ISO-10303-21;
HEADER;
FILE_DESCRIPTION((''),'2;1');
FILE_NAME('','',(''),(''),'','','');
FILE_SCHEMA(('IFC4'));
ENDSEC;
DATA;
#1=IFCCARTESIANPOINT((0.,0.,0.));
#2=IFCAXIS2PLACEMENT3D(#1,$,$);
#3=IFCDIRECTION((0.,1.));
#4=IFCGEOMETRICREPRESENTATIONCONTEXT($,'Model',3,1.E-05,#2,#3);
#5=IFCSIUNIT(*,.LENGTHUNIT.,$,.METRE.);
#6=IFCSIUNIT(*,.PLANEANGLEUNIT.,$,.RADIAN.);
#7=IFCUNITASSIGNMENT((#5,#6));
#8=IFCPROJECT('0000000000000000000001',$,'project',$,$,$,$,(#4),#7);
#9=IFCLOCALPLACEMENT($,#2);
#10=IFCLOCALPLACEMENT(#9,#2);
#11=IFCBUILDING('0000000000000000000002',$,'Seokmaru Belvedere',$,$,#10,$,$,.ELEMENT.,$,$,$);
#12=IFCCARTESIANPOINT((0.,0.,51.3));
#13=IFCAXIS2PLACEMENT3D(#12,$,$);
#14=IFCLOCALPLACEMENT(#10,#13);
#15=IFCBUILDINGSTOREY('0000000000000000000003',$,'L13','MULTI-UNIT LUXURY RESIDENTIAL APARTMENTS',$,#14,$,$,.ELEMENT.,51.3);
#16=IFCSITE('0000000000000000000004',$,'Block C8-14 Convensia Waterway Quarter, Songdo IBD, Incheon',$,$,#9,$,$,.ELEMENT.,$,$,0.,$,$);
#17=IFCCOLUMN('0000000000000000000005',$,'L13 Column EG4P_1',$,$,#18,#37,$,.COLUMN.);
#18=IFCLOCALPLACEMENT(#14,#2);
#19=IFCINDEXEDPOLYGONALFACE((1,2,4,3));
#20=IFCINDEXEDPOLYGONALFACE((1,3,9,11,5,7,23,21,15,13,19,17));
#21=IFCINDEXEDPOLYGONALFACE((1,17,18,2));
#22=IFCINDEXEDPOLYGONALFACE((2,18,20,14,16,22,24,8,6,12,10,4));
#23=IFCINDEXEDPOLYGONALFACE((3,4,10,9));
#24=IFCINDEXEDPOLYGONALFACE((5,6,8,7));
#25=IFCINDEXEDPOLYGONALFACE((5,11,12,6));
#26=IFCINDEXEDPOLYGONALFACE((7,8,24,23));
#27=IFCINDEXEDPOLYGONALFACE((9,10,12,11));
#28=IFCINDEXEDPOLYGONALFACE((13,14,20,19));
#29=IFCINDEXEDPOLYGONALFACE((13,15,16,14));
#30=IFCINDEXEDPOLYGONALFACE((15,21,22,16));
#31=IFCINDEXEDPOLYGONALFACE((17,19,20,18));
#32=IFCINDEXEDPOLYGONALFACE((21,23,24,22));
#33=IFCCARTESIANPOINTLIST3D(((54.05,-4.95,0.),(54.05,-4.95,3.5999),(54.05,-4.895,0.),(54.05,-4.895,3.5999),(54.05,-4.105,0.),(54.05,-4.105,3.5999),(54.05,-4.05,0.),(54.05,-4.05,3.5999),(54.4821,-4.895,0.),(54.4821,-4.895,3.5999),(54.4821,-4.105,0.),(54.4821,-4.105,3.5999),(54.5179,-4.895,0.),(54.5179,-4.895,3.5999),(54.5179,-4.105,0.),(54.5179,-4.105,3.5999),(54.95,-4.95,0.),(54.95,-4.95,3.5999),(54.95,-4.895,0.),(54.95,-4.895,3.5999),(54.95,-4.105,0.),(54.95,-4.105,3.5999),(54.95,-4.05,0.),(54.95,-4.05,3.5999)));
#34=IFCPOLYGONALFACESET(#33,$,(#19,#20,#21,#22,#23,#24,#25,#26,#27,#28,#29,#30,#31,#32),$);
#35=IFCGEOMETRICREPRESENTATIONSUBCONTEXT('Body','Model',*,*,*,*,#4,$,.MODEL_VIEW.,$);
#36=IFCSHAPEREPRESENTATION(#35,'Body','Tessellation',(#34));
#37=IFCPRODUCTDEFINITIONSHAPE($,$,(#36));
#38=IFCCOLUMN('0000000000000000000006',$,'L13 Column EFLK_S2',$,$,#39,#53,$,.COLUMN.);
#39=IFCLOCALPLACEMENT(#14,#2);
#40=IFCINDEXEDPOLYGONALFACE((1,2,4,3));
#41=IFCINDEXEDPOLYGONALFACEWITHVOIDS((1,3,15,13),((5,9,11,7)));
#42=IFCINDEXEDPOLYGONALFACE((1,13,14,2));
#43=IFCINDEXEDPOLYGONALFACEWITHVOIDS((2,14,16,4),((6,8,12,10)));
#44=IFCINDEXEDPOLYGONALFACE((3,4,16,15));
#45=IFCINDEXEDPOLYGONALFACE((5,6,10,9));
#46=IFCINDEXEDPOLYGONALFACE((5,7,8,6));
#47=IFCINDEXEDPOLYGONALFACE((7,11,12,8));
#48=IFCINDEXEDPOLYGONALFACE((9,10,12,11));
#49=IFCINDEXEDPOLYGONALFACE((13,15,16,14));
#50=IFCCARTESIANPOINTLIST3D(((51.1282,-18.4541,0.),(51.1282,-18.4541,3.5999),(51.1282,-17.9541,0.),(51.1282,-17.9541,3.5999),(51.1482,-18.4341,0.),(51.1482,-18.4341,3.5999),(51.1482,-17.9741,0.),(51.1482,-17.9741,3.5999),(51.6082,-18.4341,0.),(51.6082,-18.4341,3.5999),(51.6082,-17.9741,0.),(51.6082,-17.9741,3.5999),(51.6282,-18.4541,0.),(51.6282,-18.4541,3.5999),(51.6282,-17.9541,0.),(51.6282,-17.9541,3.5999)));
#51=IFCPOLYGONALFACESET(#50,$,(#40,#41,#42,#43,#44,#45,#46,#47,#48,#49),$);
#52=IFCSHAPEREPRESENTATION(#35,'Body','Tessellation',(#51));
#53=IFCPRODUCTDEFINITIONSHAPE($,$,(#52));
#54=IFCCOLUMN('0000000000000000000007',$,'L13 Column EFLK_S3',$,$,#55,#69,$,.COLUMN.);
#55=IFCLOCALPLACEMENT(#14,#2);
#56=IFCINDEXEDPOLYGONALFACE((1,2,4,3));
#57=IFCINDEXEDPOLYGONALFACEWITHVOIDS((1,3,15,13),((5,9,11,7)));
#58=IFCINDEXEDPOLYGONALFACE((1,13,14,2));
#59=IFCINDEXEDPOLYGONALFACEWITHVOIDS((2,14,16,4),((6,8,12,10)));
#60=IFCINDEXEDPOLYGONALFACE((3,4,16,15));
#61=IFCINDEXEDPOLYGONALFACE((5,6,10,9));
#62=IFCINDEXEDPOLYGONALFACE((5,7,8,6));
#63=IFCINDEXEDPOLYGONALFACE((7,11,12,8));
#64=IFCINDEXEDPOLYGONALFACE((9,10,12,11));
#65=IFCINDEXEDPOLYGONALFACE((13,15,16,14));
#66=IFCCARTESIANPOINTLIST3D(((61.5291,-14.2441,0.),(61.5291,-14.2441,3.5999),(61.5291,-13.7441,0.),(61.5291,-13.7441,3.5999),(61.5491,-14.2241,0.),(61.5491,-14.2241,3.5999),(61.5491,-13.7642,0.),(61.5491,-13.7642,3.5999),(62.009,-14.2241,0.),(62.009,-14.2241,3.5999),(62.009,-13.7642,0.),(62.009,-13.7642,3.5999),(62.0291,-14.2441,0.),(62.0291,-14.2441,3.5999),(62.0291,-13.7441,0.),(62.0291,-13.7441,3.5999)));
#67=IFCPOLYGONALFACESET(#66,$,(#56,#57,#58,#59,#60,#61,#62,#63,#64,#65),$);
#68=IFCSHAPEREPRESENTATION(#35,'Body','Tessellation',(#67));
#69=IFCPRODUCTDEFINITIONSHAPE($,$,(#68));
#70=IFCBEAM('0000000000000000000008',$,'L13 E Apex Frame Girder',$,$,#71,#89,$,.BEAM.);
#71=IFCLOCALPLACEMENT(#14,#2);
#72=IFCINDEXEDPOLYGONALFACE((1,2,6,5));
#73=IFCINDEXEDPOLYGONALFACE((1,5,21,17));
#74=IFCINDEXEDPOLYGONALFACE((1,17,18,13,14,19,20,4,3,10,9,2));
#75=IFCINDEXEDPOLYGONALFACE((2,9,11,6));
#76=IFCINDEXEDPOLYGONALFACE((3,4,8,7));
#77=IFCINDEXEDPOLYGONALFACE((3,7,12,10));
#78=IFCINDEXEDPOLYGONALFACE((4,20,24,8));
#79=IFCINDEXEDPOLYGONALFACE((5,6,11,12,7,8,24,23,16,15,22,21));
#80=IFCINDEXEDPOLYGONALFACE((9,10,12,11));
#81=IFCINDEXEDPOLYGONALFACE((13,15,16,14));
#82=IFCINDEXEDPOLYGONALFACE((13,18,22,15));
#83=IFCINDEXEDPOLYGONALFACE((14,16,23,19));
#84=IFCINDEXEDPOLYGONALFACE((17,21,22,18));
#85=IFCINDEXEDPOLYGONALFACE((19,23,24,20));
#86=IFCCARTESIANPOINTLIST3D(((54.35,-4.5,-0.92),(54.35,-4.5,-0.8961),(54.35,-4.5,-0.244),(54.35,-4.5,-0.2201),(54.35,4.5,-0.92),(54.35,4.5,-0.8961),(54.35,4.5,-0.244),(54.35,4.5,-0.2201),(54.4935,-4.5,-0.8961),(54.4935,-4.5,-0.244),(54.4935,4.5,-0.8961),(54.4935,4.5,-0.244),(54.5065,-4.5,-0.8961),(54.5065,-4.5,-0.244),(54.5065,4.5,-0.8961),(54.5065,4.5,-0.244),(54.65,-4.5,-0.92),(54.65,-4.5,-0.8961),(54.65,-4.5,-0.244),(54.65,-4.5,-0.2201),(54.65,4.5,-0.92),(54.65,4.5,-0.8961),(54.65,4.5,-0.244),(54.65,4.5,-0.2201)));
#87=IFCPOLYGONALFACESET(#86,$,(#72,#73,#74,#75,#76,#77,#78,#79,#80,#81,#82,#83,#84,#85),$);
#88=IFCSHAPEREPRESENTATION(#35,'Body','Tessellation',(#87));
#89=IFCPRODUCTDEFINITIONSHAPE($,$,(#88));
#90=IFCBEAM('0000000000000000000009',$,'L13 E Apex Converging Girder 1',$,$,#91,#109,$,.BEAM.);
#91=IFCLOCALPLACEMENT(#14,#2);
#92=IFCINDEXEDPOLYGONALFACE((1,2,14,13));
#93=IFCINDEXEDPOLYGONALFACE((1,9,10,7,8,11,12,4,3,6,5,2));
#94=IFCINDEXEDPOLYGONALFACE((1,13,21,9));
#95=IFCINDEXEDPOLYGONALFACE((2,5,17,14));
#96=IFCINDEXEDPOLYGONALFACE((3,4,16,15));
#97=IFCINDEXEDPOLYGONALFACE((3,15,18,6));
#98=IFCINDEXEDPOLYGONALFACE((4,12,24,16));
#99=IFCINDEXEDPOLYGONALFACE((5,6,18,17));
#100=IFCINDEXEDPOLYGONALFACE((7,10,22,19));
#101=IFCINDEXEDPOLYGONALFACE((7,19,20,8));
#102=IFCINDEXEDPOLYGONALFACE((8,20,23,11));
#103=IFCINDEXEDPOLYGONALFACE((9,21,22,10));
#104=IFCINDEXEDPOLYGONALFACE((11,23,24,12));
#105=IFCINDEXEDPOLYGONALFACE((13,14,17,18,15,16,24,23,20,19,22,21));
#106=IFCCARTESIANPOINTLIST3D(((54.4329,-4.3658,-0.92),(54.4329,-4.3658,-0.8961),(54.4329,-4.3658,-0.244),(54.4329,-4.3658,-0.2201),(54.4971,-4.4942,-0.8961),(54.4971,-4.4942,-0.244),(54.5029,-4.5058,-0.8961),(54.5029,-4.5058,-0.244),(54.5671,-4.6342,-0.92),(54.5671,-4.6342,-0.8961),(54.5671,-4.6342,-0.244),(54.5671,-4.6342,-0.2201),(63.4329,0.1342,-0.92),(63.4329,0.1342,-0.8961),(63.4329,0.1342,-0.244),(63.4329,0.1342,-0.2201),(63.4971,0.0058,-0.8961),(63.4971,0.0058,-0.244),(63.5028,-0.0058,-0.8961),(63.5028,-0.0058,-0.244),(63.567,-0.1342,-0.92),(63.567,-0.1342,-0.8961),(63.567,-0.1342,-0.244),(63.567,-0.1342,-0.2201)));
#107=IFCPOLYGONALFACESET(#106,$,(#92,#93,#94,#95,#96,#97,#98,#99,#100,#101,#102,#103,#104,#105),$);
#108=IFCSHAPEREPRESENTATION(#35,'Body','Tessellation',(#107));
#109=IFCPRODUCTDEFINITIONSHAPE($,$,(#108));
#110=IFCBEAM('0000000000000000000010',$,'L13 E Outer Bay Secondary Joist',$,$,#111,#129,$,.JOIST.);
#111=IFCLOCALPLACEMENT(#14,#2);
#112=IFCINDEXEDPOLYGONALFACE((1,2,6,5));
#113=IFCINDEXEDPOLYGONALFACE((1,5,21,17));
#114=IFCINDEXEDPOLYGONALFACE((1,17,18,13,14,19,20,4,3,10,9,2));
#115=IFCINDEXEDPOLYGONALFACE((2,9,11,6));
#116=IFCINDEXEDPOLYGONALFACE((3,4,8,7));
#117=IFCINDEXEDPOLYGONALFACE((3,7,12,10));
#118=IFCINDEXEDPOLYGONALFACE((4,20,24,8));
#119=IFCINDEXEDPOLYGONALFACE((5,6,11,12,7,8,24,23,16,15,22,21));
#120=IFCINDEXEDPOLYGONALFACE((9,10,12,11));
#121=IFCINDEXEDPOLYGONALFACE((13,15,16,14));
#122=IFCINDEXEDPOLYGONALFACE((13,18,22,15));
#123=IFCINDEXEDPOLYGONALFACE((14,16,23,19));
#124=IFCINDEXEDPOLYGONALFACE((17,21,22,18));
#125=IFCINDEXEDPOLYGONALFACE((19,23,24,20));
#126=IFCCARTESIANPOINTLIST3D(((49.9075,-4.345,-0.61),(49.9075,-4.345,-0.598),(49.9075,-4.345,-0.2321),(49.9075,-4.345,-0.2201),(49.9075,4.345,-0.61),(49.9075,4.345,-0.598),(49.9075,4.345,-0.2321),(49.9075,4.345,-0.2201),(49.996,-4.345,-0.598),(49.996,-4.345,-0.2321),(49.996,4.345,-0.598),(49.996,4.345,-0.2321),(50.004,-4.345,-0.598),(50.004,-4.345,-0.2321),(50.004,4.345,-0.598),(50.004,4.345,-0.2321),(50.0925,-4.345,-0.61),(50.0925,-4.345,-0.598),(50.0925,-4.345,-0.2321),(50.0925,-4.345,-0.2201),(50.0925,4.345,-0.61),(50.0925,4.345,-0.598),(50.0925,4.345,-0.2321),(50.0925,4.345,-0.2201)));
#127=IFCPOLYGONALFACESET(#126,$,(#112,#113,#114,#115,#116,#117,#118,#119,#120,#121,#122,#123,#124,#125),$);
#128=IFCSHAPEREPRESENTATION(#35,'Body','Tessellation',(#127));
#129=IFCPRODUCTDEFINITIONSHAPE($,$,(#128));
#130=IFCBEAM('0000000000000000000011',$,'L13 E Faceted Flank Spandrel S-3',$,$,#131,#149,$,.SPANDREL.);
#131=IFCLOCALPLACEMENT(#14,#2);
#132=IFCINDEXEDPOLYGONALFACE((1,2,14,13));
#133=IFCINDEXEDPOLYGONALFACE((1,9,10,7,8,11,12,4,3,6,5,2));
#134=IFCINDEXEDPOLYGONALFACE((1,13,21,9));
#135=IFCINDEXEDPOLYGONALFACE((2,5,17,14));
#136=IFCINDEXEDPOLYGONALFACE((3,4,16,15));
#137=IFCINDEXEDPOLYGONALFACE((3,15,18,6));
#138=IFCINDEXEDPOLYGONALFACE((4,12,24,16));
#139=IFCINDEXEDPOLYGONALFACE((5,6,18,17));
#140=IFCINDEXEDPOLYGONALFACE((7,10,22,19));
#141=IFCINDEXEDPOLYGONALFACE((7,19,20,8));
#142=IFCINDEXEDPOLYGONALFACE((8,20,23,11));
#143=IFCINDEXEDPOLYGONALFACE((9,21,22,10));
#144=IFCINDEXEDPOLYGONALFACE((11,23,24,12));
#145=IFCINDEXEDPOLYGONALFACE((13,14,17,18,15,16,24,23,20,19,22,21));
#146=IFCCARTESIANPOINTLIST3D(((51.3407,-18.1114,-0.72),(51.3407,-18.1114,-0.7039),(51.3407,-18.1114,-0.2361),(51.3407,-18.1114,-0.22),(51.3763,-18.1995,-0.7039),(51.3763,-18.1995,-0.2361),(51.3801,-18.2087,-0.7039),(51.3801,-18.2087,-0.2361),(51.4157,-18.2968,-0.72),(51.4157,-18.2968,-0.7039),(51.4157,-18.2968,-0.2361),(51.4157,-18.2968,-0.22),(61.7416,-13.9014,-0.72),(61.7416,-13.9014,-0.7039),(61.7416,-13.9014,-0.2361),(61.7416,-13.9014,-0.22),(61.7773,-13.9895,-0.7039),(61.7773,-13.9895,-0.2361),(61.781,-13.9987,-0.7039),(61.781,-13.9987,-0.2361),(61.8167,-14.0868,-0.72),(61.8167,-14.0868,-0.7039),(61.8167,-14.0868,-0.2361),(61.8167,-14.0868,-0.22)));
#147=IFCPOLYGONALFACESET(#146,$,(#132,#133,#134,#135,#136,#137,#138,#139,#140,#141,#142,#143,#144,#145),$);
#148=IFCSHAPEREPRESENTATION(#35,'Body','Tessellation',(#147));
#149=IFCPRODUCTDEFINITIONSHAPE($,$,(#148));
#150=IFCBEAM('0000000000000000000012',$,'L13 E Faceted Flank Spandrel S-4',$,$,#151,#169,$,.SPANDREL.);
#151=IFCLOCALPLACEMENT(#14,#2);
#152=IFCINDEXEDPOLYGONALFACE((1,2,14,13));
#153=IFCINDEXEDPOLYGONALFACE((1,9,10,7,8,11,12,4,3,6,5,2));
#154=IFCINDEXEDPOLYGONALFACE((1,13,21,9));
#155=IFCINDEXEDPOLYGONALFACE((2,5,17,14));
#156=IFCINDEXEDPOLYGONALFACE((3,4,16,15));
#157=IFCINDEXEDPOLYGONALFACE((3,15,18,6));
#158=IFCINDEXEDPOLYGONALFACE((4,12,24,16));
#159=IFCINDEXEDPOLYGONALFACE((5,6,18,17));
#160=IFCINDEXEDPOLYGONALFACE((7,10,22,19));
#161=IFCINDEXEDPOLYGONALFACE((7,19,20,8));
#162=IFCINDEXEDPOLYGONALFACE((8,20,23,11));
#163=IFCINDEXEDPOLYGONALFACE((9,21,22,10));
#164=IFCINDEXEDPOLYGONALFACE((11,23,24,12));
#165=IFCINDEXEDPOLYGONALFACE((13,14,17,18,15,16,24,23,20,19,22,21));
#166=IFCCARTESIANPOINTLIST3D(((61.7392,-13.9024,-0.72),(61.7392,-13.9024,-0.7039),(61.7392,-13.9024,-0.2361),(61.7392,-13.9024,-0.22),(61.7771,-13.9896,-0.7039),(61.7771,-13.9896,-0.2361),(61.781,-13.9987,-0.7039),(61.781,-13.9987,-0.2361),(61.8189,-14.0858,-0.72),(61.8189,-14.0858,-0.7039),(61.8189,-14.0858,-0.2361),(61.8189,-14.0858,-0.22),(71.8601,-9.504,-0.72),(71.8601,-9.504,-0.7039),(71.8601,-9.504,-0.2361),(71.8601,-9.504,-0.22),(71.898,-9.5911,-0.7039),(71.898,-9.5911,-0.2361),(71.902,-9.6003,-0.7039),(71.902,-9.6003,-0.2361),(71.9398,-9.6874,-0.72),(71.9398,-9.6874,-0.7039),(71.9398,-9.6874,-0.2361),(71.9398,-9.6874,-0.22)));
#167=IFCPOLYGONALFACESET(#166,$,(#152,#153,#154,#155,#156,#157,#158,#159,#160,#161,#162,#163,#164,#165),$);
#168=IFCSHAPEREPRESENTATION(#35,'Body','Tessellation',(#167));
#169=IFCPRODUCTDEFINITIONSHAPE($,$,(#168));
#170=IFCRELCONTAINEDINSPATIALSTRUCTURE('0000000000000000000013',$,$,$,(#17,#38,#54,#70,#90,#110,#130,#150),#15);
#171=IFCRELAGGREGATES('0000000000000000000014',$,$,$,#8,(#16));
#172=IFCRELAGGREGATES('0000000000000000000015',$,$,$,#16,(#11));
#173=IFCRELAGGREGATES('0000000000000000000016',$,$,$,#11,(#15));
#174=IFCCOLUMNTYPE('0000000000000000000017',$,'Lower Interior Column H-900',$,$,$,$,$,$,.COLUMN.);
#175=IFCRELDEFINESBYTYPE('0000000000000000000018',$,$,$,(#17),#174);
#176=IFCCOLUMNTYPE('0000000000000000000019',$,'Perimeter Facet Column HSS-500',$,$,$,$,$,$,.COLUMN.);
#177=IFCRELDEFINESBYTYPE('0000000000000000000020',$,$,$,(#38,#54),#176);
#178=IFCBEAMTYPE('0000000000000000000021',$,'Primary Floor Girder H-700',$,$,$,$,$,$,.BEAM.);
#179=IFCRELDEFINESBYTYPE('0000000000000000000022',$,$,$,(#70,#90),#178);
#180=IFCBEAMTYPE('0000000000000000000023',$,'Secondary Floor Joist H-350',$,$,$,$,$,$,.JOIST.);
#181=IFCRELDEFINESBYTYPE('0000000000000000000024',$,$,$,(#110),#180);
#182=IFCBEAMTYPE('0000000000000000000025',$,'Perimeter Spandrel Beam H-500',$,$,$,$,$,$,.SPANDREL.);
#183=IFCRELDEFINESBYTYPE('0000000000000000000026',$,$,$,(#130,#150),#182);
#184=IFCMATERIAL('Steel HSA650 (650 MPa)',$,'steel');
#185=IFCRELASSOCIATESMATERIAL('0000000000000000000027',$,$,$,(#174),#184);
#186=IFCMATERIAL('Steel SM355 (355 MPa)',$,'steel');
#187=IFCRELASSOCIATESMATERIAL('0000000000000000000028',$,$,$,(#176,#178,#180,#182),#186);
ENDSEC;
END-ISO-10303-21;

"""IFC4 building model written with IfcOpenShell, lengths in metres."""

from ifc_helpers import new_model, si_unit, direction, frame, origin, origin_2d, place, context, subcontext, project, spatial, hollow_rectangle, i_section, extrude, source, transform, mapped, material, material_profile, profile_set, type_object, type_shapes, element, save


model = new_model("IFC4")

# Units and contexts
model_context = context("Model", 3, precision=1e-05, world=origin(), true_north=direction((0.0, 1.0)))
body_context = subcontext(model_context, "Body", "Model", "MODEL_VIEW")
ifc_project = project(units=[si_unit("LENGTHUNIT", "METRE"), si_unit("PLANEANGLEUNIT", "RADIAN")], contexts=[model_context])

# Site, building, storey
site_placement = place(None, origin())
site = spatial("IfcSite", under=ifc_project, at=site_placement, Name="Block C8-14 Convensia Waterway Quarter, Songdo IBD, Incheon", CompositionType="ELEMENT", RefElevation=0.0)
building_placement = place(site_placement, origin())
building = spatial("IfcBuilding", under=site, at=building_placement, Name="Seokmaru Belvedere", CompositionType="ELEMENT")
storey_placement = place(building_placement, frame((0.0, 0.0, 51.3)))
storey = spatial("IfcBuildingStorey", under=building, at=storey_placement, Name="L13", Description="MULTI-UNIT LUXURY RESIDENTIAL APARTMENTS", CompositionType="ELEMENT", Elevation=51.3)

# Columns
ifc_material_1 = material(Name="Steel HSA650 (650 MPa)", Category="steel")
ifc_material_profile_1 = material_profile(ifc_material_1, i_section(OverallWidth=0.8999, OverallDepth=0.8999, WebThickness=0.0359, FlangeThickness=0.0549, at=origin_2d()), Name="H-900x900x36x55")
ifc_profile_set_1 = profile_set([ifc_material_profile_1], Name="Steel HSA650 (650 MPa)")
column_type_1 = type_object("IfcColumnType", Name="Lower Interior Column H-900", PredefinedType="COLUMN", material=ifc_profile_set_1)
shared_shape_1 = source(origin(), body_context, "Body", "SweptSolid", [
    extrude(i_section(OverallWidth=0.8999, OverallDepth=0.8999, WebThickness=0.0359, FlangeThickness=0.0549, at=origin_2d()), origin(), (0.0, 0.0, 1.0), 3.5999),
])
type_shapes(column_type_1, [shared_shape_1])
column_placement = place(storey_placement, frame((54.5, -4.5, 0.0), z_axis=(0.0, 0.0, 1.0), x_axis=(1.0, 0.0, 0.0)))
element("IfcColumn", 1, at=column_placement, inside=storey, type_object=column_type_1, Name="L13 Column EG4P_1", PredefinedType="COLUMN", context=body_context, shape_type="MappedRepresentation", body=[
    mapped(shared_shape_1, transform((0.0, 0.0, 0.0), scale=1.0)),
])
ifc_material_2 = material(Name="Steel SM355 (355 MPa)", Category="steel")
ifc_material_profile_2 = material_profile(ifc_material_2, hollow_rectangle(XDim=0.5, YDim=0.5, WallThickness=0.02, at=origin_2d()), Name="HSS-500x500x20")
ifc_profile_set_2 = profile_set([ifc_material_profile_2], Name="Steel SM355 (355 MPa)")
column_type_2 = type_object("IfcColumnType", Name="Perimeter Facet Column HSS-500", PredefinedType="COLUMN", material=ifc_profile_set_2)
shared_shape_2 = source(origin(), body_context, "Body", "SweptSolid", [
    extrude(hollow_rectangle(XDim=0.5, YDim=0.5, WallThickness=0.02, at=origin_2d()), origin(), (0.0, 0.0, 1.0), 3.5999),
])
type_shapes(column_type_2, [shared_shape_2])
for number, where, z_axis, x_axis, name in (
    (2, (51.3782, -18.2041, 0.0), (0.0, 0.0, 1.0), (1.0, 0.0, 0.0), "L13 Column EFLK_S2"),
    (3, (61.7791, -13.9941, 0.0), (0.0, 0.0, 1.0), (1.0, 0.0, 0.0), "L13 Column EFLK_S3"),
):
    element("IfcColumn", number, at=place(storey_placement, frame(where, z_axis=z_axis, x_axis=x_axis)), inside=storey, type_object=column_type_2, Name=name, PredefinedType="COLUMN", context=body_context, shape_type="MappedRepresentation", body=[
        mapped(shared_shape_2, transform((0.0, 0.0, 0.0), scale=1.0)),
    ])

# Beams
ifc_material_profile_3 = material_profile(ifc_material_2, i_section(OverallWidth=0.3, OverallDepth=0.7, WebThickness=0.0129, FlangeThickness=0.0239, at=origin_2d()), Name="H-700x300x13x24")
ifc_profile_set_3 = profile_set([ifc_material_profile_3], Name="Steel SM355 (355 MPa)")
beam_type_1 = type_object("IfcBeamType", Name="Primary Floor Girder H-700", PredefinedType="BEAM", material=ifc_profile_set_3)
shared_shape_3 = source(origin(), body_context, "Body", "SweptSolid", [
    extrude(i_section(OverallWidth=0.3, OverallDepth=0.7, WebThickness=0.0129, FlangeThickness=0.0239, at=origin_2d()), origin(), (0.0, 0.0, 1.0), 9.0),
])
beam_1_placement = place(storey_placement, frame((54.5, -4.5, -0.5701), z_axis=(0.0, 1.0, 0.0), x_axis=(-1.0, 0.0, 0.0)))
element("IfcBeam", 4, at=beam_1_placement, inside=storey, type_object=beam_type_1, Name="L13 E Apex Frame Girder", PredefinedType="BEAM", context=body_context, shape_type="MappedRepresentation", body=[
    mapped(shared_shape_3, transform((0.0, 0.0, 0.0), scale=1.0)),
])
shared_shape_4 = source(origin(), body_context, "Body", "SweptSolid", [
    extrude(i_section(OverallWidth=0.3, OverallDepth=0.7, WebThickness=0.0129, FlangeThickness=0.0239, at=origin_2d()), origin(), (0.0, 0.0, 1.0), 10.0623),
])
beam_2_placement = place(storey_placement, frame((54.5, -4.5, -0.5701), z_axis=(0.894427, 0.447214, 0.0), x_axis=(-0.447214, 0.894427, 0.0)))
element("IfcBeam", 5, at=beam_2_placement, inside=storey, type_object=beam_type_1, Name="L13 E Apex Converging Girder 1", PredefinedType="BEAM", context=body_context, shape_type="MappedRepresentation", body=[
    mapped(shared_shape_4, transform((0.0, 0.0, 0.0), scale=1.0)),
])
ifc_material_profile_4 = material_profile(ifc_material_2, i_section(OverallWidth=0.1851, OverallDepth=0.3899, WebThickness=0.0081, FlangeThickness=0.012, at=origin_2d()), Name="H-390x185x8x12")
ifc_profile_set_4 = profile_set([ifc_material_profile_4], Name="Steel SM355 (355 MPa)")
beam_type_2 = type_object("IfcBeamType", Name="Secondary Floor Joist H-350", PredefinedType="JOIST", material=ifc_profile_set_4)
shared_shape_5 = source(origin(), body_context, "Body", "SweptSolid", [
    extrude(i_section(OverallWidth=0.1851, OverallDepth=0.3899, WebThickness=0.0081, FlangeThickness=0.012, at=origin_2d()), origin(), (0.0, 0.0, 1.0), 8.6899),
])
type_shapes(beam_type_2, [shared_shape_5])
beam_3_placement = place(storey_placement, frame((50.0, -4.345, -0.415), z_axis=(0.0, 1.0, 0.0), x_axis=(-1.0, 0.0, 0.0)))
element("IfcBeam", 6, at=beam_3_placement, inside=storey, type_object=beam_type_2, Name="L13 E Outer Bay Secondary Joist", PredefinedType="JOIST", context=body_context, shape_type="MappedRepresentation", body=[
    mapped(shared_shape_5, transform((0.0, 0.0, 0.0), scale=1.0)),
])
ifc_material_profile_5 = material_profile(ifc_material_2, i_section(OverallWidth=0.2, OverallDepth=0.5, WebThickness=0.01, FlangeThickness=0.0161, at=origin_2d()), Name="H-500x200x10x16")
ifc_profile_set_5 = profile_set([ifc_material_profile_5], Name="Steel SM355 (355 MPa)")
beam_type_3 = type_object("IfcBeamType", Name="Perimeter Spandrel Beam H-500", PredefinedType="SPANDREL", material=ifc_profile_set_5)
shared_shape_6 = source(origin(), body_context, "Body", "SweptSolid", [
    extrude(i_section(OverallWidth=0.2, OverallDepth=0.5, WebThickness=0.01, FlangeThickness=0.0161, at=origin_2d()), origin(), (0.0, 0.0, 1.0), 11.2207),
])
beam_4_placement = place(storey_placement, frame((51.3782, -18.2041, -0.47), z_axis=(0.926944, 0.375199, 0.0), x_axis=(-0.375199, 0.926944, 0.0)))
element("IfcBeam", 7, at=beam_4_placement, inside=storey, type_object=beam_type_3, Name="L13 E Faceted Flank Spandrel S-3", PredefinedType="SPANDREL", context=body_context, shape_type="MappedRepresentation", body=[
    mapped(shared_shape_6, transform((0.0, 0.0, 0.0), scale=1.0)),
])
shared_shape_7 = source(origin(), body_context, "Body", "SweptSolid", [
    extrude(i_section(OverallWidth=0.2, OverallDepth=0.5, WebThickness=0.01, FlangeThickness=0.0161, at=origin_2d()), origin(), (0.0, 0.0, 1.0), 11.0354),
])
type_shapes(beam_type_3, [shared_shape_6, shared_shape_7])
beam_5_placement = place(storey_placement, frame((61.7791, -13.9941, -0.47), z_axis=(0.917134, 0.398579, 0.0), x_axis=(-0.398579, 0.917134, 0.0)))
element("IfcBeam", 8, at=beam_5_placement, inside=storey, type_object=beam_type_3, Name="L13 E Faceted Flank Spandrel S-4", PredefinedType="SPANDREL", context=body_context, shape_type="MappedRepresentation", body=[
    mapped(shared_shape_7, transform((0.0, 0.0, 0.0), scale=1.0)),
])

save(model, "model.ifc")
